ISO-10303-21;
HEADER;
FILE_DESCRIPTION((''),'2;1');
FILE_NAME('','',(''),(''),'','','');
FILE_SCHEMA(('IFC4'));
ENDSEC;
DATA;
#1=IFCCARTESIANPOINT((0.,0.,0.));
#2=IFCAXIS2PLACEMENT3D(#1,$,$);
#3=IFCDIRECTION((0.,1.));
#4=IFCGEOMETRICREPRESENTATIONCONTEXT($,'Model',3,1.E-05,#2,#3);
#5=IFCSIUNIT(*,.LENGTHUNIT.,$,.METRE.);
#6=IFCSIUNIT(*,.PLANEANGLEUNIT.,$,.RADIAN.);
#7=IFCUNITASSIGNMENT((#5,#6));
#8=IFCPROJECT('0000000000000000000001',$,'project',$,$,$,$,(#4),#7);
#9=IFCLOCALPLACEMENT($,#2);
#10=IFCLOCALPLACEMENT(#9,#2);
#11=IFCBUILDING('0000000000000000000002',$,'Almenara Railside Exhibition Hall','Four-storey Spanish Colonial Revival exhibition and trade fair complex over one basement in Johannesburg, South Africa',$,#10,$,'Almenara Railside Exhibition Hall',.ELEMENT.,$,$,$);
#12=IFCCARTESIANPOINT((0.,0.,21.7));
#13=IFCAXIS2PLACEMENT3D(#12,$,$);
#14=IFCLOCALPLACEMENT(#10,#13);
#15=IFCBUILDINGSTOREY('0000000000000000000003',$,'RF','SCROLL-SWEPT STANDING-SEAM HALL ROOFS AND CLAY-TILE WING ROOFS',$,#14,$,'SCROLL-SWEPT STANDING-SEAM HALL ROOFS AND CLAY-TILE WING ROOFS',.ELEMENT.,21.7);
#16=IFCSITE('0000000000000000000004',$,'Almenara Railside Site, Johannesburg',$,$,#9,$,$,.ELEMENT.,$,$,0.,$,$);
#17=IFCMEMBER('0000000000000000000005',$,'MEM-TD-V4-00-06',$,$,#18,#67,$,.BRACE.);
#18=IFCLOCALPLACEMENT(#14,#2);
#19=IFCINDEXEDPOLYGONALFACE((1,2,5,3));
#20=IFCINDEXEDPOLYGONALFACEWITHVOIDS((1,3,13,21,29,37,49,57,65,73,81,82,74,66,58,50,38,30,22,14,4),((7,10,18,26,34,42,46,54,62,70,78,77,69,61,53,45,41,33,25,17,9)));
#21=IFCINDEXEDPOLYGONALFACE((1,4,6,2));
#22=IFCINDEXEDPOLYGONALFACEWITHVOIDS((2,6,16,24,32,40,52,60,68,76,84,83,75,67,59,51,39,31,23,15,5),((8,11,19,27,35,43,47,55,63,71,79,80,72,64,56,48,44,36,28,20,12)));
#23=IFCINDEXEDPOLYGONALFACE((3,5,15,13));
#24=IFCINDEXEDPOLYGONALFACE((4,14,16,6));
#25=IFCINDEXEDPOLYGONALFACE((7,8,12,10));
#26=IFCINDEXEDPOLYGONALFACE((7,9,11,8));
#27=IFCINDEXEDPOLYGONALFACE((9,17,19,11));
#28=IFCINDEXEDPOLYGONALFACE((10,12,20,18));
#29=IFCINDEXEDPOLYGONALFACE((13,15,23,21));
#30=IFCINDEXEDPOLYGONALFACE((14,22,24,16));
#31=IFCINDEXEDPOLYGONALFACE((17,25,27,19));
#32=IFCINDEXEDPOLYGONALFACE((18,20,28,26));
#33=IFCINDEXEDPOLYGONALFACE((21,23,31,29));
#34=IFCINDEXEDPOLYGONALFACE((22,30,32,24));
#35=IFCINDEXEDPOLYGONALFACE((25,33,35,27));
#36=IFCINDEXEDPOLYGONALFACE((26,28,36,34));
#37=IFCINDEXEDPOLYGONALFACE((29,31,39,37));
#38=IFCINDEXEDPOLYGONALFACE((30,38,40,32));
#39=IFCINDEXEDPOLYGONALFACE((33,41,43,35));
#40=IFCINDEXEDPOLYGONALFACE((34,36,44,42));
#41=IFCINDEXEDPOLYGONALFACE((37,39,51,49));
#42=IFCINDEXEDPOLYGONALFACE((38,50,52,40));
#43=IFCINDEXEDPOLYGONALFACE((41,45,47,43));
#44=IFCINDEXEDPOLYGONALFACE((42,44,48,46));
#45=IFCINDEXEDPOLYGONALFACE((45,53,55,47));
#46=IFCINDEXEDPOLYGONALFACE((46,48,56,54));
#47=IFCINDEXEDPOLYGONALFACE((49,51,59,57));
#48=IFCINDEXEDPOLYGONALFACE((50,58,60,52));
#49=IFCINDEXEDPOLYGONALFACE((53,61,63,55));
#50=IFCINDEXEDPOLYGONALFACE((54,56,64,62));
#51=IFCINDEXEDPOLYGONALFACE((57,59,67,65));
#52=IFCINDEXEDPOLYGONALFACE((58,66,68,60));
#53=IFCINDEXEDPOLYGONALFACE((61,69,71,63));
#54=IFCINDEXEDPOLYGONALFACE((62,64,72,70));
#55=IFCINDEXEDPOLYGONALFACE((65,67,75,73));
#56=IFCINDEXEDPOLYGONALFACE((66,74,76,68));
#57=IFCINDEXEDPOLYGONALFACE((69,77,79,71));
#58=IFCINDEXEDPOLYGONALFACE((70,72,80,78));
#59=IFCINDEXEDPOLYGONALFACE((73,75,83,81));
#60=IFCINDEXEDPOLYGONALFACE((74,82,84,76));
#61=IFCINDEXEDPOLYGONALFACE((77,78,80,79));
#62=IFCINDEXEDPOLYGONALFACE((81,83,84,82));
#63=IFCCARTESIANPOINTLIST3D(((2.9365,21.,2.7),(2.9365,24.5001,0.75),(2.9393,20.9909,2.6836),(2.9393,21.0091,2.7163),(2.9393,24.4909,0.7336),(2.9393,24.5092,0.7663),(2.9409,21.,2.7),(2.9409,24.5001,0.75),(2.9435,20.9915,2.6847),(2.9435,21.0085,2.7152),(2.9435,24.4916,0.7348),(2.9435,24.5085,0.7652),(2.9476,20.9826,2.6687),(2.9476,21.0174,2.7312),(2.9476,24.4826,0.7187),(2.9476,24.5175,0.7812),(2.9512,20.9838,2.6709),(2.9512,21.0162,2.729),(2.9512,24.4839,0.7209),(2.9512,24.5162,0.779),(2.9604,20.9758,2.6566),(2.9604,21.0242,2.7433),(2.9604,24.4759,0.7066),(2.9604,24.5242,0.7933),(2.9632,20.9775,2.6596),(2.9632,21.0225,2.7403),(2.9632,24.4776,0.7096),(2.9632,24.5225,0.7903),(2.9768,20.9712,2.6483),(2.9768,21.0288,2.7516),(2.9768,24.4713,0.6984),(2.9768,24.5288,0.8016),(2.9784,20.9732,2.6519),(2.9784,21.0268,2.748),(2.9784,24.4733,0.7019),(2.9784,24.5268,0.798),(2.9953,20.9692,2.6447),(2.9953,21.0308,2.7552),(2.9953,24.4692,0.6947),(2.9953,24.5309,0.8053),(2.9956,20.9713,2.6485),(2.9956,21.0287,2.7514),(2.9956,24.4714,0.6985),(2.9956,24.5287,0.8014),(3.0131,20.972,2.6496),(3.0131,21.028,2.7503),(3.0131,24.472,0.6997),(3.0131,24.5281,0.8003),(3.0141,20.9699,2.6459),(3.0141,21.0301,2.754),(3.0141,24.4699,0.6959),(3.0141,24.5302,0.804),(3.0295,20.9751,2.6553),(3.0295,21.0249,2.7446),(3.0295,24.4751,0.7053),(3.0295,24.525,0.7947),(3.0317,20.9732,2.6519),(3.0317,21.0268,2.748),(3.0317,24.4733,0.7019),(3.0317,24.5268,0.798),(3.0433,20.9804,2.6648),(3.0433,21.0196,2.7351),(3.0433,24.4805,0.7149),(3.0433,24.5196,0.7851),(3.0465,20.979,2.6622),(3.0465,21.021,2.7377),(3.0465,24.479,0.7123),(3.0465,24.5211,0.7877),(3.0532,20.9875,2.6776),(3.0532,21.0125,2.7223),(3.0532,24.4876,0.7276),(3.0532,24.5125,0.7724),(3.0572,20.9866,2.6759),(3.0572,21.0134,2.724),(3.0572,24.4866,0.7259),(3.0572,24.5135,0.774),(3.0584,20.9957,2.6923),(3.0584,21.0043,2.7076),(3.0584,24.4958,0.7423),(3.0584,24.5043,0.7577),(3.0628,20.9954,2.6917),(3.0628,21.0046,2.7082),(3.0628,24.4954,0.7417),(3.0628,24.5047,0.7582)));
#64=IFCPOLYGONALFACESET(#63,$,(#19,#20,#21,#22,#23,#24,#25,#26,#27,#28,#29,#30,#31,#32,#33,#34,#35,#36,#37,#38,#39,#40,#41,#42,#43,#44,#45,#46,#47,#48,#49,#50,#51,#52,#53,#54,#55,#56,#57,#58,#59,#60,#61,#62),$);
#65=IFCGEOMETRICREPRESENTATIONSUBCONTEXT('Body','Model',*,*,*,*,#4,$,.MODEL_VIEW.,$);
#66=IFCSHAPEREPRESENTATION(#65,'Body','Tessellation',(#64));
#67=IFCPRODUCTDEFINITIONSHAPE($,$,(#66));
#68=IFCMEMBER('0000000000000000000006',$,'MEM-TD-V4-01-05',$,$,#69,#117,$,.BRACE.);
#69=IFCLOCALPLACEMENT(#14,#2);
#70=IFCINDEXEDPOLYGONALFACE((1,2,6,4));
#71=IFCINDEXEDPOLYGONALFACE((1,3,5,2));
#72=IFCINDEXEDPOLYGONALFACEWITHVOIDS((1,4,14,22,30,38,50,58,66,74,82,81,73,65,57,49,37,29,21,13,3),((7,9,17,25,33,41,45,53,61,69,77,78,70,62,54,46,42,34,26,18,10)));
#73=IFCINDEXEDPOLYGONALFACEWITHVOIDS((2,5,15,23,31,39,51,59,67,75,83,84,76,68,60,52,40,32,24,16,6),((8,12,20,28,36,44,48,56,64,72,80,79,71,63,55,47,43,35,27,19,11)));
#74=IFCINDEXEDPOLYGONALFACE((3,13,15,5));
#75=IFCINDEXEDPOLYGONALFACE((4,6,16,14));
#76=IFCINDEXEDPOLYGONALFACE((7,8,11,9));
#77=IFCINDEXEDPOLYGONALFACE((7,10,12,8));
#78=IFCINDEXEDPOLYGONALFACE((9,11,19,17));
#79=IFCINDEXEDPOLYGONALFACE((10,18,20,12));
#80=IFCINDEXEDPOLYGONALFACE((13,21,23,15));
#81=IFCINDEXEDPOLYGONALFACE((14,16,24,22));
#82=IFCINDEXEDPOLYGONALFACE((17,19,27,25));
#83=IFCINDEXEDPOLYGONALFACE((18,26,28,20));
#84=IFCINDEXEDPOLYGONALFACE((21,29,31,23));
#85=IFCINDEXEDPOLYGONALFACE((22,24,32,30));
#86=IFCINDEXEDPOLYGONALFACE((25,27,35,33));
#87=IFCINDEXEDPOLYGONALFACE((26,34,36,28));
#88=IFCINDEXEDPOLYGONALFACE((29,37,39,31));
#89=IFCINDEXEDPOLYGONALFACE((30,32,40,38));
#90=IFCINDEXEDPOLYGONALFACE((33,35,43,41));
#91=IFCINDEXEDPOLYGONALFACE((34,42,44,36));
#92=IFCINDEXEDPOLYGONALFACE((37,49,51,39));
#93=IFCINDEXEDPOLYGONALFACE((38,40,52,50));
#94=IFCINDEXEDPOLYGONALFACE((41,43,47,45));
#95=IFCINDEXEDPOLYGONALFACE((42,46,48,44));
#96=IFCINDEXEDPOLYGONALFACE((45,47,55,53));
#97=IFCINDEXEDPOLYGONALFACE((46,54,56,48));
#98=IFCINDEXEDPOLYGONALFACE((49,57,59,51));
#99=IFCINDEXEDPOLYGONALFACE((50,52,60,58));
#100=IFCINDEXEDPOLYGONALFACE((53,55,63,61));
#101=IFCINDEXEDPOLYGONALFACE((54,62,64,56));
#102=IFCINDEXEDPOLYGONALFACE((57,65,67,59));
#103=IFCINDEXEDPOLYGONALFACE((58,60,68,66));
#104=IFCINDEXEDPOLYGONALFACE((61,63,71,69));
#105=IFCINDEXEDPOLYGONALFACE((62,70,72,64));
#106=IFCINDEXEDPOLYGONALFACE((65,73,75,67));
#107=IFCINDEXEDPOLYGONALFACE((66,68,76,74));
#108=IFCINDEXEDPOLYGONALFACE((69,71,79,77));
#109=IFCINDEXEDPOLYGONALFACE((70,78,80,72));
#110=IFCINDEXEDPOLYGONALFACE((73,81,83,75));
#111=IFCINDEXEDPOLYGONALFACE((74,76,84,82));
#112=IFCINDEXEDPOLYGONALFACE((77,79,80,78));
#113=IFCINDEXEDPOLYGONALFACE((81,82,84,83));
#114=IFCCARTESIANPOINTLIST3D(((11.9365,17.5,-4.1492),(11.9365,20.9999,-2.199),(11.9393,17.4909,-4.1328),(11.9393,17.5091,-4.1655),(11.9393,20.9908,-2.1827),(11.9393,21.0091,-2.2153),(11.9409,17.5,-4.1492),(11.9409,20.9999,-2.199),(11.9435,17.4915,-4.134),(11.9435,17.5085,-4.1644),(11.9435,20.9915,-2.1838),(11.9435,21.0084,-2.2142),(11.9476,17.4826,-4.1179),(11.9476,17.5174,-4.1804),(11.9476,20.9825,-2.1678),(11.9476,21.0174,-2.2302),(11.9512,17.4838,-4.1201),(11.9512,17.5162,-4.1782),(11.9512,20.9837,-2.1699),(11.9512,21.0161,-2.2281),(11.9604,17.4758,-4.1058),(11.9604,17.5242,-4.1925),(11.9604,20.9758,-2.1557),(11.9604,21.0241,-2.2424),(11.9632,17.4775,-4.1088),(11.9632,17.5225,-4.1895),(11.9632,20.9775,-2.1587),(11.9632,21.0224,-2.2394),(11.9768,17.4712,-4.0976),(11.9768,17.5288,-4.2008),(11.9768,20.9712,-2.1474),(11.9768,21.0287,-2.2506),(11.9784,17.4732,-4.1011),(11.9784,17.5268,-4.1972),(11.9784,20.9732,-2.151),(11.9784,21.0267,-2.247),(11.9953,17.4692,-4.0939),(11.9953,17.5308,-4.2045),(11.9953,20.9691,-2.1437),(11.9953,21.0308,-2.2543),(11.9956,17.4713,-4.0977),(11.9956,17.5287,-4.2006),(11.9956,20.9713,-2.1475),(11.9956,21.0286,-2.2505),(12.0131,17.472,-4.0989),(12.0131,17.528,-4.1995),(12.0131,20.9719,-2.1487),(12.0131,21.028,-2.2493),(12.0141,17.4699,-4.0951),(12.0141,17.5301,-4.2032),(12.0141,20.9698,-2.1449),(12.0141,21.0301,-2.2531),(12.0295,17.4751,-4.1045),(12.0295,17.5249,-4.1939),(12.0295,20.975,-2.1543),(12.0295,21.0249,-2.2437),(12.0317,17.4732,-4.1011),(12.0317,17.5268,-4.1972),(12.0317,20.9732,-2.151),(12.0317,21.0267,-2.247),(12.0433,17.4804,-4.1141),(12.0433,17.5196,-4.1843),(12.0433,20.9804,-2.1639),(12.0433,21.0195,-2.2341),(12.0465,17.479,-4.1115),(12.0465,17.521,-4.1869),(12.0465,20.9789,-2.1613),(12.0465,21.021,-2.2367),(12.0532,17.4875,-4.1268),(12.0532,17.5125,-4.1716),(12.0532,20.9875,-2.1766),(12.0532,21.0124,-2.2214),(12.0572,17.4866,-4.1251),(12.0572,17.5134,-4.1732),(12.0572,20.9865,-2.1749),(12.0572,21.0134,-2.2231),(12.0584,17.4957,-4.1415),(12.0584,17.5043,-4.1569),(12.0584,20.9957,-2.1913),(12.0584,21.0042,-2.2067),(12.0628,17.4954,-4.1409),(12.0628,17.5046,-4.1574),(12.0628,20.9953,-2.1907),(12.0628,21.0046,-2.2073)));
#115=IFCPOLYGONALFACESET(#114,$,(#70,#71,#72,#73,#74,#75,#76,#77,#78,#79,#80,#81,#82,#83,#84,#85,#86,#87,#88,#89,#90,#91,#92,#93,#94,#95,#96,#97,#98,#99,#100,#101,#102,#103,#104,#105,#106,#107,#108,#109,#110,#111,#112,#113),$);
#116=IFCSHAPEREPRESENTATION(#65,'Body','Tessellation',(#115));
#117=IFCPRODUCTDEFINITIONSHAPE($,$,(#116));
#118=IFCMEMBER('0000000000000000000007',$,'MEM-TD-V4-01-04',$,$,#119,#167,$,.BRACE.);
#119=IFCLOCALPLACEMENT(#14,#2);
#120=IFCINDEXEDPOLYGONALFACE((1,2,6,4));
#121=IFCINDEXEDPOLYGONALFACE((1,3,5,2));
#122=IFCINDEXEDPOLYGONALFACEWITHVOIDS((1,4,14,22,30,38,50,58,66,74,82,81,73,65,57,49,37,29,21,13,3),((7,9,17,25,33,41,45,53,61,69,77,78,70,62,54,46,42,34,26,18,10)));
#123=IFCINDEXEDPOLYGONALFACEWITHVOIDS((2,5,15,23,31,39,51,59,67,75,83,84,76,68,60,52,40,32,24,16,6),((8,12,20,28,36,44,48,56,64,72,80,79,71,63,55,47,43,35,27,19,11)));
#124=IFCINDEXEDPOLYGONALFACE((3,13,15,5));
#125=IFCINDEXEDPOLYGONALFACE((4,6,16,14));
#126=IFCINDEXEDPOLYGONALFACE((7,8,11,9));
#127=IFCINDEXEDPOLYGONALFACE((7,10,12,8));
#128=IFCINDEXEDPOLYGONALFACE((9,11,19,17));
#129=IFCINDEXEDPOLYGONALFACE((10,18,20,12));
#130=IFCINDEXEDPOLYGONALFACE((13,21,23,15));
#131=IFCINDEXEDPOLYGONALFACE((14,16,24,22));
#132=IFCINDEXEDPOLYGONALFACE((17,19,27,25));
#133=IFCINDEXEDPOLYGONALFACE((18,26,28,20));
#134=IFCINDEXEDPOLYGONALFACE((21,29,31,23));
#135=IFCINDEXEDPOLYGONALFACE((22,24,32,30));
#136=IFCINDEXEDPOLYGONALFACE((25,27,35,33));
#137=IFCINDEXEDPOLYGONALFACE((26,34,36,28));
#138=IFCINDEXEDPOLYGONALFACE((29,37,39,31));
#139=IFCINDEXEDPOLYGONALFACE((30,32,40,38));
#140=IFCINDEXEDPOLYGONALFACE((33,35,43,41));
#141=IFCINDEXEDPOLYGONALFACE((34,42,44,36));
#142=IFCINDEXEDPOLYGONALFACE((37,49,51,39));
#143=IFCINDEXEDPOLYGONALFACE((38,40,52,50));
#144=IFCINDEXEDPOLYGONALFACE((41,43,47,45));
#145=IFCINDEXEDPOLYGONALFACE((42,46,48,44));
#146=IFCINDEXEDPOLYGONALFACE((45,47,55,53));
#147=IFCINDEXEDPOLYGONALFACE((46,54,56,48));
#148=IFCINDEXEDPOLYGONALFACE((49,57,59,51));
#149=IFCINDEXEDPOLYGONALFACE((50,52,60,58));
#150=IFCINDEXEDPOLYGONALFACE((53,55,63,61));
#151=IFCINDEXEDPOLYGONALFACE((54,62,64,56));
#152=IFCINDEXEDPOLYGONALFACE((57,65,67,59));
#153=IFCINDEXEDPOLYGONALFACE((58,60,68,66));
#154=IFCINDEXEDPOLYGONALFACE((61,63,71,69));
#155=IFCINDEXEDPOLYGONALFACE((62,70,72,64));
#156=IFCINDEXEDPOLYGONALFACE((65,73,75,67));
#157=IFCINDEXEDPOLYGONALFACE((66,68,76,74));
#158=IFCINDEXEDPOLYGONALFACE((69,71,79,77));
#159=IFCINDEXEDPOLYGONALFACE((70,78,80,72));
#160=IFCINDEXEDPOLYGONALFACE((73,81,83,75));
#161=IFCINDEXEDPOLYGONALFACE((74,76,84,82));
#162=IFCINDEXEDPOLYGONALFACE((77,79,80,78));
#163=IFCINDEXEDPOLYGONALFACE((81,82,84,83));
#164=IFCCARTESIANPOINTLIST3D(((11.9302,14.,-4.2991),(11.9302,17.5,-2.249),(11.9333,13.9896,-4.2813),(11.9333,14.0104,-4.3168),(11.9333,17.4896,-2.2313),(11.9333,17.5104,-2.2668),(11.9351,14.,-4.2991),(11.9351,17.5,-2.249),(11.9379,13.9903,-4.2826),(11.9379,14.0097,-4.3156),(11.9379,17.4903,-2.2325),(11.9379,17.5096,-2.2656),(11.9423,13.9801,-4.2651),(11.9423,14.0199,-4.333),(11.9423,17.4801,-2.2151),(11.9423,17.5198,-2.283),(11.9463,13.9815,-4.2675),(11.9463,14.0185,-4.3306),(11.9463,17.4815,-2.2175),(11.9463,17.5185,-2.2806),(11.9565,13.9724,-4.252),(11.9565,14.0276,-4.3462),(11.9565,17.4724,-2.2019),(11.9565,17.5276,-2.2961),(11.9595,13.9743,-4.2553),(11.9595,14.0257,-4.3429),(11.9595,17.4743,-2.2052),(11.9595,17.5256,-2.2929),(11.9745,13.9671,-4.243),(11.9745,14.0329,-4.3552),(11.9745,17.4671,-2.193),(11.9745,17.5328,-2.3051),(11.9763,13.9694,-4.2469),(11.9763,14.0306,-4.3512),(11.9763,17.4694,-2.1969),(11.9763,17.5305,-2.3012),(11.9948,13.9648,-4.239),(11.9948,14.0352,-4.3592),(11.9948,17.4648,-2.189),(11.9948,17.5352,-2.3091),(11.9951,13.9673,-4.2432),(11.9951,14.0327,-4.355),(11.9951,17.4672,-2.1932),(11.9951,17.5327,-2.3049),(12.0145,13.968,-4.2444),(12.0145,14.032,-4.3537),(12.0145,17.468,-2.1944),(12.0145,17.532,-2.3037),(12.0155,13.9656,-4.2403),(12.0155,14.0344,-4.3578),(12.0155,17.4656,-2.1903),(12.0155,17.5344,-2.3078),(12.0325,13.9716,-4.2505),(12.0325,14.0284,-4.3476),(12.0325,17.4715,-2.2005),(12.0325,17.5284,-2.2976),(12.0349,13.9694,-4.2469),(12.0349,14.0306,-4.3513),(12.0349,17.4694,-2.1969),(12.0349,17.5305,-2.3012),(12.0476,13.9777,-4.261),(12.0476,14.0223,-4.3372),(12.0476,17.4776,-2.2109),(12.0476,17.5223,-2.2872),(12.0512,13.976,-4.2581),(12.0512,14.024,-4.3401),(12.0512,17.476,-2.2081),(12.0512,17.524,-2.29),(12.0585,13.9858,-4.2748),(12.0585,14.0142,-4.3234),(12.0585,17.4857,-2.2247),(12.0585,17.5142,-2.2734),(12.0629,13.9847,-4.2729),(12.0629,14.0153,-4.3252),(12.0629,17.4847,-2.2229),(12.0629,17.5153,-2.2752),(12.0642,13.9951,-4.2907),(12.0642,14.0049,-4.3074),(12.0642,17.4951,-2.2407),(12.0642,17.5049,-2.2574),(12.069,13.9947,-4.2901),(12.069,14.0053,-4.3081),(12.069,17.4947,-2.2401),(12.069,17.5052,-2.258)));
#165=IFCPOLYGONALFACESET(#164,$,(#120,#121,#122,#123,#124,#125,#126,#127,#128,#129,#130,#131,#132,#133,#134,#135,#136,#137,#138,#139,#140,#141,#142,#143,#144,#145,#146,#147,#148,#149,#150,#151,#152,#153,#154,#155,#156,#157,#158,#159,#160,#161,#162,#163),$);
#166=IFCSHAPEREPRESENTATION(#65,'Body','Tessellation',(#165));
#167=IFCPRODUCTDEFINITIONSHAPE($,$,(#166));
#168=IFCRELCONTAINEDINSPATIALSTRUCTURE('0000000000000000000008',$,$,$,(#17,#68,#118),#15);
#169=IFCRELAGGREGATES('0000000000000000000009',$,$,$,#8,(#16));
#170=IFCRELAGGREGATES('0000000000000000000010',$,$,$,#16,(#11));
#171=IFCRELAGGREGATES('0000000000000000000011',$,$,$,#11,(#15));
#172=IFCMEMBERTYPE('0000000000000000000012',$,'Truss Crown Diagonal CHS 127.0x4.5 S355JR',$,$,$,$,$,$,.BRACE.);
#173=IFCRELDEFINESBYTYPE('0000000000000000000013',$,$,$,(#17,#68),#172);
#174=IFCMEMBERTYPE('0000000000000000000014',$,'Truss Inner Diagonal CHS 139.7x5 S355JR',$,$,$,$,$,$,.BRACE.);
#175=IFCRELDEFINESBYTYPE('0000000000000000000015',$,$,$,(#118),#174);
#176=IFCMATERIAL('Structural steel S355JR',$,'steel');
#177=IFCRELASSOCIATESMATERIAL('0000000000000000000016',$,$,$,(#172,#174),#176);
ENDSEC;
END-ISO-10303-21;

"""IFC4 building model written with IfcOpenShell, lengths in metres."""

from ifc_helpers import new_model, si_unit, direction, frame, origin, origin_2d, place, context, subcontext, project, spatial, hollow_circle, extrude, material, material_profile, profile_set, type_object, element, save


model = new_model("IFC4")

# Units and contexts
model_context = context("Model", 3, precision=1e-05, world=origin(), true_north=direction((0.0, 1.0)))
body_context = subcontext(model_context, "Body", "Model", "MODEL_VIEW")
ifc_project = project(units=[si_unit("LENGTHUNIT", "METRE"), si_unit("PLANEANGLEUNIT", "RADIAN")], contexts=[model_context])

# Site, building, storey
site_placement = place(None, origin())
site = spatial("IfcSite", under=ifc_project, at=site_placement, Name="Almenara Railside Site, Johannesburg", CompositionType="ELEMENT", RefElevation=0.0)
building_placement = place(site_placement, origin())
building = spatial("IfcBuilding", under=site, at=building_placement, Name="Almenara Railside Exhibition Hall", Description="Four-storey Spanish Colonial Revival exhibition and trade fair complex over one basement in Johannesburg, South Africa", LongName="Almenara Railside Exhibition Hall", CompositionType="ELEMENT")
storey_placement = place(building_placement, frame((0.0, 0.0, 21.7)))
storey = spatial("IfcBuildingStorey", under=building, at=storey_placement, Name="RF", Description="SCROLL-SWEPT STANDING-SEAM HALL ROOFS AND CLAY-TILE WING ROOFS", LongName="SCROLL-SWEPT STANDING-SEAM HALL ROOFS AND CLAY-TILE WING ROOFS", CompositionType="ELEMENT", Elevation=21.7)

# Members
ifc_material_1 = material(Name="Structural steel S355JR", Category="steel")
ifc_material_profile_1 = material_profile(ifc_material_1, hollow_circle(Radius=0.0635, WallThickness=0.0044, at=origin_2d()), Name="CHS 127.0x4.5")
ifc_profile_set_1 = profile_set([ifc_material_profile_1], Name="Structural steel S355JR")
member_type_1 = type_object("IfcMemberType", Name="Truss Crown Diagonal CHS 127.0x4.5 S355JR", PredefinedType="BRACE", material=ifc_profile_set_1)
for number, where, z_axis, x_axis, name in (
    (1, (3.0, 21.0, 2.7), (0.0, 0.873573, -0.486693), (-1.0, 0.0, 0.0), "MEM-TD-V4-00-06"),
    (2, (12.0, 17.5, -4.1492), (0.0, 0.873547, 0.486739), (-1.0, 0.0, 0.0), "MEM-TD-V4-01-05"),
):
    element("IfcMember", number, at=place(storey_placement, frame(where, z_axis=z_axis, x_axis=x_axis)), inside=storey, type_object=member_type_1, Name=name, PredefinedType="BRACE", context=body_context, shape_type="SweptSolid", body=[
        extrude(hollow_circle(Radius=0.0635, WallThickness=0.0044, at=origin_2d()), origin(), (0.0, 0.0, 1.0), 4.0066),
    ])
ifc_material_profile_2 = material_profile(ifc_material_1, hollow_circle(Radius=0.0698, WallThickness=0.0049, at=origin_2d()), Name="CHS 139.7x5")
ifc_profile_set_2 = profile_set([ifc_material_profile_2], Name="Structural steel S355JR")
member_type_2 = type_object("IfcMemberType", Name="Truss Inner Diagonal CHS 139.7x5 S355JR", PredefinedType="BRACE", material=ifc_profile_set_2)
member_1_placement = place(storey_placement, frame((12.0, 14.0, -4.2991), z_axis=(0.0, 0.862878, 0.505412), x_axis=(-1.0, 0.0, 0.0)))
element("IfcMember", 3, at=member_1_placement, inside=storey, type_object=member_type_2, Name="MEM-TD-V4-01-04", PredefinedType="BRACE", context=body_context, shape_type="SweptSolid", body=[
    extrude(hollow_circle(Radius=0.0698, WallThickness=0.0049, at=origin_2d()), origin(), (0.0, 0.0, 1.0), 4.0562),
])

save(model, "model.ifc")
